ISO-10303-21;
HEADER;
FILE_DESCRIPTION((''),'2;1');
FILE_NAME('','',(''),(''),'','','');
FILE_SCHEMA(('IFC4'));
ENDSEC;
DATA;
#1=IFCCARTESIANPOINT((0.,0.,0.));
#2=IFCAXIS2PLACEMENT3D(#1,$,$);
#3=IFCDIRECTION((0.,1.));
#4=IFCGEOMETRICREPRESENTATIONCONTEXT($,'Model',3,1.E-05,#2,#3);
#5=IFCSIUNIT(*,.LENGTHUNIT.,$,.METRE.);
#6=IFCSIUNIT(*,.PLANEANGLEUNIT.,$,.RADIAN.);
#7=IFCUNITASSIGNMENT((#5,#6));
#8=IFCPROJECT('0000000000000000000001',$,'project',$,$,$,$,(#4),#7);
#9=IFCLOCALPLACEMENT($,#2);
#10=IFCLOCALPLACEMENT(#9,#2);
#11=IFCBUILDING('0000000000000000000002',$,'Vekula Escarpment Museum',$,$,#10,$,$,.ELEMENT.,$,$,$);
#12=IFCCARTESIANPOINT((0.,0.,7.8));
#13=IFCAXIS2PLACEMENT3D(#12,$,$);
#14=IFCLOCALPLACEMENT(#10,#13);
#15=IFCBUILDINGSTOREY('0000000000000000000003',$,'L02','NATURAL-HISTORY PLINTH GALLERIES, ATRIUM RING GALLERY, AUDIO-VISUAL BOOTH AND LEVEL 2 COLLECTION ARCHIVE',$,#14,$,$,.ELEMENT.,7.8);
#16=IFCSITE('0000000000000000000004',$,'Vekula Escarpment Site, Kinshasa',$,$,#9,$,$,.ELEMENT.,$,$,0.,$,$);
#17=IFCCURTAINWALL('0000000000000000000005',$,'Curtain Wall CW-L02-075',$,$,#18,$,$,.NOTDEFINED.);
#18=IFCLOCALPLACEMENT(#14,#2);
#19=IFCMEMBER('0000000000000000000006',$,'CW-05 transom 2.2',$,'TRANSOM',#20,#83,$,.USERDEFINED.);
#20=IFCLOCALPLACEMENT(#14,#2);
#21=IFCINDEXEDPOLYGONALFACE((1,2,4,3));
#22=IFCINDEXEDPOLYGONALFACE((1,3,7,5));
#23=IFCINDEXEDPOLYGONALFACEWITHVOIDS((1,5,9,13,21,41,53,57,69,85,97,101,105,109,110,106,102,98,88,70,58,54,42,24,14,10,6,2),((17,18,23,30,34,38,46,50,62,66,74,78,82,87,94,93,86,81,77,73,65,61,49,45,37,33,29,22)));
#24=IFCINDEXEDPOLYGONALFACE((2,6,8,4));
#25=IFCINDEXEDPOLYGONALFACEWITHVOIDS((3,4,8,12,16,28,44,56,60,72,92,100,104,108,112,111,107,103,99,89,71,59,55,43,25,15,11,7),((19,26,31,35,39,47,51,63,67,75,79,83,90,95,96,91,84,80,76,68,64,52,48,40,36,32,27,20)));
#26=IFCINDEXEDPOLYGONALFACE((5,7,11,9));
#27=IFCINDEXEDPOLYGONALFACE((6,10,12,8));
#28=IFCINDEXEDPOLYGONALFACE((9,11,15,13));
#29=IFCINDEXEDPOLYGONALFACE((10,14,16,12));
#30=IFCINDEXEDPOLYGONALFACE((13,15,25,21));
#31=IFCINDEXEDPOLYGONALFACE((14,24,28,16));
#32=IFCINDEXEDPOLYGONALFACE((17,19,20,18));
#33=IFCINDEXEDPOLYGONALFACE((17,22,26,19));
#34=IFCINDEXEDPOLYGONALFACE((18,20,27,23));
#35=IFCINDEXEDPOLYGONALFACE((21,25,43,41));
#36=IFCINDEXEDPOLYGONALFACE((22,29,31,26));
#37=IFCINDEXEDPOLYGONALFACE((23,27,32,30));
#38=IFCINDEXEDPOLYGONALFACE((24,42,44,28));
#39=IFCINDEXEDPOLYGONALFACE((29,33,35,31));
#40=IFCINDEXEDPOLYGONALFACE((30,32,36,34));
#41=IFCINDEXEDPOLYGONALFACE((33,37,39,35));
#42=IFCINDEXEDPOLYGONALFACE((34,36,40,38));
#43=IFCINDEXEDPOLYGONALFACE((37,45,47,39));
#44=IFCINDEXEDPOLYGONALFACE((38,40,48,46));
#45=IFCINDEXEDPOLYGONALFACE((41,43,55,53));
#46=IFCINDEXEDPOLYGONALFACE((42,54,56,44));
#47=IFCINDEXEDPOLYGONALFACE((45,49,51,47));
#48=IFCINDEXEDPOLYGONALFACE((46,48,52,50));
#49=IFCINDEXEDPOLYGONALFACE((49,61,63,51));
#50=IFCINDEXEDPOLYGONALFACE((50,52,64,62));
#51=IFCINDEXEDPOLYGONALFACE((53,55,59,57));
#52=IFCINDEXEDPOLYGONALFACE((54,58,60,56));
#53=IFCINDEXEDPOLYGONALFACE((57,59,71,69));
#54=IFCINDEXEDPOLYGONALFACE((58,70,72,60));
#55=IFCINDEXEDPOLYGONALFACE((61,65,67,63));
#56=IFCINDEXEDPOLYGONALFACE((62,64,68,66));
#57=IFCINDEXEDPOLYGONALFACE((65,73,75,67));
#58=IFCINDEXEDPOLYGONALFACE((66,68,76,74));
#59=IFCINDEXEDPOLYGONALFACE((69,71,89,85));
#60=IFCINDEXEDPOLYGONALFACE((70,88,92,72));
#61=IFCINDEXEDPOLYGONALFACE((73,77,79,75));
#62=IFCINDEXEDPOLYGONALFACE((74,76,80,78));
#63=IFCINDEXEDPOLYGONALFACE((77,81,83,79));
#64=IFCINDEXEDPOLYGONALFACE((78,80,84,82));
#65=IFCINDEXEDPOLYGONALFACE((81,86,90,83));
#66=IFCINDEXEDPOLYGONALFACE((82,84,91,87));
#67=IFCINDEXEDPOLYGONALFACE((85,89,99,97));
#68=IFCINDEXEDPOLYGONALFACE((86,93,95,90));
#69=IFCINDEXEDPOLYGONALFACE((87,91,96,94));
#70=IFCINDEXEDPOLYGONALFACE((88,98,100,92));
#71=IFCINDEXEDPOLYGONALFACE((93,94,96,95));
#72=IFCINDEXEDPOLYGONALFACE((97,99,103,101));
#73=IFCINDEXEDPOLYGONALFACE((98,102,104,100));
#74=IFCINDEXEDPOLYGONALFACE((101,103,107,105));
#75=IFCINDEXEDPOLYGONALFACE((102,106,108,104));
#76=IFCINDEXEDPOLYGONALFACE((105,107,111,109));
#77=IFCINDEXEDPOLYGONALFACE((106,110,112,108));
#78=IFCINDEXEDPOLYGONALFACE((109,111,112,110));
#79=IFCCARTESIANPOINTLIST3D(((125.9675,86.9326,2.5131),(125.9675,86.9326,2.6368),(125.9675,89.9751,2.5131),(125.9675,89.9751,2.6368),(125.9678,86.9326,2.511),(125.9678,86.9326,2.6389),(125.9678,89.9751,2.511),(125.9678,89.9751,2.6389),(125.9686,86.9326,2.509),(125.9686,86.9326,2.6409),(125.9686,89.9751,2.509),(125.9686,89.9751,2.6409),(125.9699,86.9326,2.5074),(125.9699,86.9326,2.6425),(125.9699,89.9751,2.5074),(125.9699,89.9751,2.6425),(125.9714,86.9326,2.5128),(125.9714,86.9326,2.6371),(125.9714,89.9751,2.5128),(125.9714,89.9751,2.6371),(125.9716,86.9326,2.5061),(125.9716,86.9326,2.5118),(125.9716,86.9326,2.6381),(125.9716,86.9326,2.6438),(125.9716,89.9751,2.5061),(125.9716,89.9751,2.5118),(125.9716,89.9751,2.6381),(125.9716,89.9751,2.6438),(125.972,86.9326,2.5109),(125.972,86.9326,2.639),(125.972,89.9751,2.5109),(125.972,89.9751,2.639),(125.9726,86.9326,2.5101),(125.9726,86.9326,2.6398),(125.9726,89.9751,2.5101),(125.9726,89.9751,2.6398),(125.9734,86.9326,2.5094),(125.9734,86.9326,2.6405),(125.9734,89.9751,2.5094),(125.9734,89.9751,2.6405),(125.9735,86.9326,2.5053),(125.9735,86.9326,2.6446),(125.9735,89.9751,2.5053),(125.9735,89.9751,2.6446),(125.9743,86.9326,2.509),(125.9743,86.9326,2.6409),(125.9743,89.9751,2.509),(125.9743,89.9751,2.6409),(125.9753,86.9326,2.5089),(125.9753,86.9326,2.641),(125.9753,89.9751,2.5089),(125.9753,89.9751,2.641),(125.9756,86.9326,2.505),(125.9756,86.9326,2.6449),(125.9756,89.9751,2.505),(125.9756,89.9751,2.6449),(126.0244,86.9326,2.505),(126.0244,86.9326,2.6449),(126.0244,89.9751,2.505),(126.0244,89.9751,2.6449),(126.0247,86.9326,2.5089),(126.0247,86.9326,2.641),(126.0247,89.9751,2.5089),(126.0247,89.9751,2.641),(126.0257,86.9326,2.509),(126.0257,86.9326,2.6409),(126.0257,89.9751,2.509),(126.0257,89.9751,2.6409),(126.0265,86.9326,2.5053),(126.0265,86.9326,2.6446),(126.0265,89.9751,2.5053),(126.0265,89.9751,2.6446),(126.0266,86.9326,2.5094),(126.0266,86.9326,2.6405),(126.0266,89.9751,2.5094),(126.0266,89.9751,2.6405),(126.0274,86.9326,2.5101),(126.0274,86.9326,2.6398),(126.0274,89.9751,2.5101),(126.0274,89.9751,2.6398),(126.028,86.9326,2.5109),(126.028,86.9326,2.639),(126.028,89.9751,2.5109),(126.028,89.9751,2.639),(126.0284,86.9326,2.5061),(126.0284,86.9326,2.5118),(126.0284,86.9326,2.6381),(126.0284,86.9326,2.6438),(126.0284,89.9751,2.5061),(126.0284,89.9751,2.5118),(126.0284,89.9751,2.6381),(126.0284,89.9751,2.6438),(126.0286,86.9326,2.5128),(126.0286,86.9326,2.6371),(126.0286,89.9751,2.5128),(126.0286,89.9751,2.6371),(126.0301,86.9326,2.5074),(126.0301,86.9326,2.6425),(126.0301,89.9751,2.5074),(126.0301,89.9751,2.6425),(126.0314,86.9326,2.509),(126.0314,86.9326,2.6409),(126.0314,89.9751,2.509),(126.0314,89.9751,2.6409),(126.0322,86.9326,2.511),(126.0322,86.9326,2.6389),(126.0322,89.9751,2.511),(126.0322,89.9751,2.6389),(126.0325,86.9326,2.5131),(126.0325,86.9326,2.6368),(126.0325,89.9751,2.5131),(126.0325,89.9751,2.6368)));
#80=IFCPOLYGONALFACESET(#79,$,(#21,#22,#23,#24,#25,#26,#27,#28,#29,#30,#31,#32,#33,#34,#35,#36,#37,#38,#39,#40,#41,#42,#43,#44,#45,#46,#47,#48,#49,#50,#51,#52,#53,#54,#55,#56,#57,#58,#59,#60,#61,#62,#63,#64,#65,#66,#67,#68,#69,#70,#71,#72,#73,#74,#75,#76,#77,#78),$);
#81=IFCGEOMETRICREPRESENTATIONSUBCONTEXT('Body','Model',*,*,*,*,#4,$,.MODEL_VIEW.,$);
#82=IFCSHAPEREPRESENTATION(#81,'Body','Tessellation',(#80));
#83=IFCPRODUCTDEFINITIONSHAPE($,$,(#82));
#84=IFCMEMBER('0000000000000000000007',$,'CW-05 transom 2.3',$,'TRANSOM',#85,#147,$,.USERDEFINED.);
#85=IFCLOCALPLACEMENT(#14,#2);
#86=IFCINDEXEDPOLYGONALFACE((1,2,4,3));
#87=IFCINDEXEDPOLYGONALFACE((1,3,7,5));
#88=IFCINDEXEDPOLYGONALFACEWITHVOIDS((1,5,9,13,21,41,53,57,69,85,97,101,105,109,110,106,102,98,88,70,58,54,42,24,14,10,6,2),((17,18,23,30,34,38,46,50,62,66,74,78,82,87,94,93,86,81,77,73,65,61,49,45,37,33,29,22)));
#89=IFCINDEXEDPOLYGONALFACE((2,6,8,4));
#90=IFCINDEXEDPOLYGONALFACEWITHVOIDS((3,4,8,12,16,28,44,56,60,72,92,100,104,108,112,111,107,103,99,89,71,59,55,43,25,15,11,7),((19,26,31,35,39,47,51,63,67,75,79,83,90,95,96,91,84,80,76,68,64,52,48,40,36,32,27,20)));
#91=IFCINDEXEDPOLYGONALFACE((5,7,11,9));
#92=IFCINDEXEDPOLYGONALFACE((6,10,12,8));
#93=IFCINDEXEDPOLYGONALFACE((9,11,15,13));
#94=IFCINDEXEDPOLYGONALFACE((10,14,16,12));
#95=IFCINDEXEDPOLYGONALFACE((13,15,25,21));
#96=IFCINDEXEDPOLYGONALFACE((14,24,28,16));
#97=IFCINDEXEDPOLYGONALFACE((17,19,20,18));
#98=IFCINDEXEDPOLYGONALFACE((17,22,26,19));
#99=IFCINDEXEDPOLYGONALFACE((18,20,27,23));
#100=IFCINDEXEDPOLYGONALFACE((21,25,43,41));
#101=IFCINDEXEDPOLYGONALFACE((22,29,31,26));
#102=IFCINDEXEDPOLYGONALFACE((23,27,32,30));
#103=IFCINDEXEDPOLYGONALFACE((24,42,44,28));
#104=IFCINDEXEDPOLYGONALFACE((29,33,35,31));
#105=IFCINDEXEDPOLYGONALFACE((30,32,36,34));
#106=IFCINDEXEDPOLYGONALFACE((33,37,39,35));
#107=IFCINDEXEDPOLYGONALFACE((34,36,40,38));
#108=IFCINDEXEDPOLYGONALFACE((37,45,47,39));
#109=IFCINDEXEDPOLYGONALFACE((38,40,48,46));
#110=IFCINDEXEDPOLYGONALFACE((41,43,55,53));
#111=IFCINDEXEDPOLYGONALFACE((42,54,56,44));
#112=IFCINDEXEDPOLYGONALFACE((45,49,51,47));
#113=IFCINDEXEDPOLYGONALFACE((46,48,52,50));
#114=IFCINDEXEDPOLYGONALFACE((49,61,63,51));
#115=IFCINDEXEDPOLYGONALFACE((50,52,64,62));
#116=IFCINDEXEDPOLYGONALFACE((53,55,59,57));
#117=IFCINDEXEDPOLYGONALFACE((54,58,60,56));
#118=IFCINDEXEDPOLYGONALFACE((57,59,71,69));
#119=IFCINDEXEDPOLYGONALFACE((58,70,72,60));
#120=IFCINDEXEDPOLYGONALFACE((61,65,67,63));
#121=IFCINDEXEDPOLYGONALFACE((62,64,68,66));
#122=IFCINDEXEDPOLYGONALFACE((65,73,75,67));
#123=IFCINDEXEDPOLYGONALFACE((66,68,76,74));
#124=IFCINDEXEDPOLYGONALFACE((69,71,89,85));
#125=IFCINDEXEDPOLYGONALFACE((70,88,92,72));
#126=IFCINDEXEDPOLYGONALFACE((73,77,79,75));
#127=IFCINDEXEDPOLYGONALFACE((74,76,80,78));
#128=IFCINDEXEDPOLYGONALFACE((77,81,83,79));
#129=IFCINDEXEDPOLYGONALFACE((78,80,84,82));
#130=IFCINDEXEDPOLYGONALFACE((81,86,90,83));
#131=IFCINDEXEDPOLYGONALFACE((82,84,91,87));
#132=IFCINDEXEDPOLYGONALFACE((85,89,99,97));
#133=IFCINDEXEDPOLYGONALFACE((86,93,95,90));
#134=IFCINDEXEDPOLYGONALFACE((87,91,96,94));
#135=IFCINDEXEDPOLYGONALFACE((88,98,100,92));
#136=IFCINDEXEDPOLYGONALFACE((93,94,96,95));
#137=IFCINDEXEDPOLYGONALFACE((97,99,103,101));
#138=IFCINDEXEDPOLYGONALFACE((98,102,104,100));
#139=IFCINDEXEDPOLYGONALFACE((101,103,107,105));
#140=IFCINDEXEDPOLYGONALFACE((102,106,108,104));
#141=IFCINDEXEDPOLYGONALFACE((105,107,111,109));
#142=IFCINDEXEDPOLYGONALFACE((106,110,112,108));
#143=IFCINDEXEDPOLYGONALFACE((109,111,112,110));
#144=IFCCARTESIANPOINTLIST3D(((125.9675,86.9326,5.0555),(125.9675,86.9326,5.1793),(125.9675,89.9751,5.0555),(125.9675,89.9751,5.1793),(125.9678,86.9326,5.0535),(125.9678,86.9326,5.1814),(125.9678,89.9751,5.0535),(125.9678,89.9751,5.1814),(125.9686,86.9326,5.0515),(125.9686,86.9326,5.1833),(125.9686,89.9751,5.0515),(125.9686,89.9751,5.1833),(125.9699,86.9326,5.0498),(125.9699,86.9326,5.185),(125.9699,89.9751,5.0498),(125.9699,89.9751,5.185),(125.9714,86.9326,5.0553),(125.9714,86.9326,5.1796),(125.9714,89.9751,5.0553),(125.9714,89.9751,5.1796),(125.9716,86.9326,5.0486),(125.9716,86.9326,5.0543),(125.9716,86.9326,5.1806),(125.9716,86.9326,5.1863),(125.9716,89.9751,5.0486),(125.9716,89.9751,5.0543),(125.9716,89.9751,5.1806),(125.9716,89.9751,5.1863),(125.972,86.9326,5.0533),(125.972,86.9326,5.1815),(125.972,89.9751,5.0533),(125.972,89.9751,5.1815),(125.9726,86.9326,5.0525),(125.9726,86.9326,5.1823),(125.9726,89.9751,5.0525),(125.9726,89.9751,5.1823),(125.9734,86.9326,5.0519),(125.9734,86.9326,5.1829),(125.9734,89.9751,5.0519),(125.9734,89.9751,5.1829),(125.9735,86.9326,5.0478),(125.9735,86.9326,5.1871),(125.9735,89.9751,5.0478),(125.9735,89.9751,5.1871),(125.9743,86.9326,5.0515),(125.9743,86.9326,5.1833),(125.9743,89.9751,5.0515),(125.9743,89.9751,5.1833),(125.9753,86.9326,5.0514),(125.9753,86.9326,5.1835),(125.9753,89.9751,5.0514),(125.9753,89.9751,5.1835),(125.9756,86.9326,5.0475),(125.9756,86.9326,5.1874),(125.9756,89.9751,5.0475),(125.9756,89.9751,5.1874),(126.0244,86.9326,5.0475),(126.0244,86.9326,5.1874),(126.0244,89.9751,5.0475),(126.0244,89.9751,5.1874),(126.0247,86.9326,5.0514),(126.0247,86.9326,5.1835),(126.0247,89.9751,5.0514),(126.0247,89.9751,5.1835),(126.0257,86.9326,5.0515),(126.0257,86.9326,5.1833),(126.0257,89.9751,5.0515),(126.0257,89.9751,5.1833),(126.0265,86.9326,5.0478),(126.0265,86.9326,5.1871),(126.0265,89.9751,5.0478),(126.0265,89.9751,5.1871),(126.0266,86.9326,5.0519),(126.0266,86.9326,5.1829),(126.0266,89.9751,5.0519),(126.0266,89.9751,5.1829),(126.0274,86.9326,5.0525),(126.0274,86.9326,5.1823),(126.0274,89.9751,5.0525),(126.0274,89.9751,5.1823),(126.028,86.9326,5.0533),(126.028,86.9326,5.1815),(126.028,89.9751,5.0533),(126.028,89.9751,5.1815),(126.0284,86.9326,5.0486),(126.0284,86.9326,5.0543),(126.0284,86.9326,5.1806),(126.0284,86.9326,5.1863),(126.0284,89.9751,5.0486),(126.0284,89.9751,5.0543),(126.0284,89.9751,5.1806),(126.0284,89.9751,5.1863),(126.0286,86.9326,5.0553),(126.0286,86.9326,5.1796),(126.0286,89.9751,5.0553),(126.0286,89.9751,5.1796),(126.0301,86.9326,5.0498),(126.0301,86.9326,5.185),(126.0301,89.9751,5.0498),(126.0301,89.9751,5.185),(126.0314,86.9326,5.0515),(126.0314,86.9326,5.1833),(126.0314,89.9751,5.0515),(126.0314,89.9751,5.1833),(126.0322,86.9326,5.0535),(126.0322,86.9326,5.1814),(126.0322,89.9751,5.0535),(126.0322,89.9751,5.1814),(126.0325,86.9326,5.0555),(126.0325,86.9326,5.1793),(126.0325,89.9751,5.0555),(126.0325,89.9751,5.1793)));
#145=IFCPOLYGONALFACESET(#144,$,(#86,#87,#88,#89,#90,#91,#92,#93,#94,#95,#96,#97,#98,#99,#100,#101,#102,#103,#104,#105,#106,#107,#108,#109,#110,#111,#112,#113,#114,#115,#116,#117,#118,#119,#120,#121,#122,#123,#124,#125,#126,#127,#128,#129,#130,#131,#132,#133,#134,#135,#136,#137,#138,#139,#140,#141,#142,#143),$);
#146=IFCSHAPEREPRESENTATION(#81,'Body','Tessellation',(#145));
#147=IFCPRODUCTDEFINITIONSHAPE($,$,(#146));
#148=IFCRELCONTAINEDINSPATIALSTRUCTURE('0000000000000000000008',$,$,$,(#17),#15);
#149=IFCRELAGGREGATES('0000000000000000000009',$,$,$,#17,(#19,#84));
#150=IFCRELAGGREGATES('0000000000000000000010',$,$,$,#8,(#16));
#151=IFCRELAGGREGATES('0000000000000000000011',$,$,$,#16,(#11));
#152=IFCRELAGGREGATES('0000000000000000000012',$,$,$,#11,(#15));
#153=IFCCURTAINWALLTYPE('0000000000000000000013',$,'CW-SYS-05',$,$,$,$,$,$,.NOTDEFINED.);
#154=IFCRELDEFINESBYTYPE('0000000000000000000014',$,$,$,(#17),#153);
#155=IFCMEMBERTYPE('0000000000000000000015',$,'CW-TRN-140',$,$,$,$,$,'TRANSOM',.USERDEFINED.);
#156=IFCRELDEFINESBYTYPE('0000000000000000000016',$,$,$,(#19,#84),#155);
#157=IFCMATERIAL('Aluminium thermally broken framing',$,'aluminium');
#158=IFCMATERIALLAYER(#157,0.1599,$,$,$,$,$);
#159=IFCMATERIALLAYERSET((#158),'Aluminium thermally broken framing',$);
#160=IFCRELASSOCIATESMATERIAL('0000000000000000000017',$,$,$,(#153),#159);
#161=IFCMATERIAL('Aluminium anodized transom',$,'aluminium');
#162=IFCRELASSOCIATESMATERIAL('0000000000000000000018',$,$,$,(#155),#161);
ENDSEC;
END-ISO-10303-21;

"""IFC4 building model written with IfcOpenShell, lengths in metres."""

from ifc_helpers import new_model, si_unit, direction, frame, origin, origin_2d, place, context, subcontext, project, spatial, hollow_rectangle, extrude, material, layer, layer_set, material_profile, profile_set, type_object, element, aggregate, save


model = new_model("IFC4")

# Units and contexts
model_context = context("Model", 3, precision=1e-05, world=origin(), true_north=direction((0.0, 1.0)))
body_context = subcontext(model_context, "Body", "Model", "MODEL_VIEW")
ifc_project = project(units=[si_unit("LENGTHUNIT", "METRE"), si_unit("PLANEANGLEUNIT", "RADIAN")], contexts=[model_context])

# Site, building, storey
site_placement = place(None, origin())
site = spatial("IfcSite", under=ifc_project, at=site_placement, Name="Vekula Escarpment Site, Kinshasa", CompositionType="ELEMENT", RefElevation=0.0)
building_placement = place(site_placement, origin())
building = spatial("IfcBuilding", under=site, at=building_placement, Name="Vekula Escarpment Museum", CompositionType="ELEMENT")
storey_placement = place(building_placement, frame((0.0, 0.0, 7.8)))
storey = spatial("IfcBuildingStorey", under=building, at=storey_placement, Name="L02", Description="NATURAL-HISTORY PLINTH GALLERIES, ATRIUM RING GALLERY, AUDIO-VISUAL BOOTH AND LEVEL 2 COLLECTION ARCHIVE", CompositionType="ELEMENT", Elevation=7.8)

# Curtain wall, members
ifc_material_1 = material(Name="Aluminium thermally broken framing", Category="aluminium")
ifc_layer_1 = layer(ifc_material_1, 0.1599)
ifc_layer_set_1 = layer_set([ifc_layer_1], Name="Aluminium thermally broken framing")
curtain_wall_type_1 = type_object("IfcCurtainWallType", Name="CW-SYS-05", PredefinedType="NOTDEFINED", material=ifc_layer_set_1)
curtain_wall_1_placement = place(storey_placement, origin())
curtain_wall_1 = element("IfcCurtainWall", 1, at=curtain_wall_1_placement, inside=storey, type_object=curtain_wall_type_1, Name="Curtain Wall CW-L02-075", PredefinedType="NOTDEFINED")
ifc_material_2 = material(Name="Aluminium anodized transom", Category="aluminium")
ifc_material_profile_1 = material_profile(ifc_material_2, hollow_rectangle(XDim=0.0649, YDim=0.1399, WallThickness=0.0039, InnerFilletRadius=0.0039, OuterFilletRadius=0.0081, at=origin_2d()), Name="ALU 140x65x4")
ifc_profile_set_1 = profile_set([ifc_material_profile_1], Name="Aluminium anodized transom")
member_type_1 = type_object("IfcMemberType", Name="CW-TRN-140", ElementType="TRANSOM", PredefinedType="USERDEFINED", material=ifc_profile_set_1)
member_1_placement = place(storey_placement, frame((126.0, 86.9326, 2.575), z_axis=(0.0, 1.0, 0.0), x_axis=(-1.0, 0.0, 0.0)))
member_1 = element("IfcMember", 2, at=member_1_placement, type_object=member_type_1, Name="CW-05 transom 2.2", ObjectType="TRANSOM", PredefinedType="USERDEFINED", context=body_context, shape_type="SweptSolid", body=[
    extrude(hollow_rectangle(XDim=0.0649, YDim=0.1399, WallThickness=0.0039, InnerFilletRadius=0.0039, OuterFilletRadius=0.0081, at=origin_2d()), origin(), (0.0, 0.0, 1.0), 3.0425),
])
member_2_placement = place(storey_placement, frame((126.0, 86.9326, 5.1174), z_axis=(0.0, 1.0, 0.0), x_axis=(-1.0, 0.0, 0.0)))
member_2 = element("IfcMember", 3, at=member_2_placement, type_object=member_type_1, Name="CW-05 transom 2.3", ObjectType="TRANSOM", PredefinedType="USERDEFINED", context=body_context, shape_type="SweptSolid", body=[
    extrude(hollow_rectangle(XDim=0.0649, YDim=0.1399, WallThickness=0.0039, InnerFilletRadius=0.0039, OuterFilletRadius=0.0081, at=origin_2d()), origin(), (0.0, 0.0, 1.0), 3.0425),
])

aggregate(curtain_wall_1, [member_1, member_2])

save(model, "model.ifc")
